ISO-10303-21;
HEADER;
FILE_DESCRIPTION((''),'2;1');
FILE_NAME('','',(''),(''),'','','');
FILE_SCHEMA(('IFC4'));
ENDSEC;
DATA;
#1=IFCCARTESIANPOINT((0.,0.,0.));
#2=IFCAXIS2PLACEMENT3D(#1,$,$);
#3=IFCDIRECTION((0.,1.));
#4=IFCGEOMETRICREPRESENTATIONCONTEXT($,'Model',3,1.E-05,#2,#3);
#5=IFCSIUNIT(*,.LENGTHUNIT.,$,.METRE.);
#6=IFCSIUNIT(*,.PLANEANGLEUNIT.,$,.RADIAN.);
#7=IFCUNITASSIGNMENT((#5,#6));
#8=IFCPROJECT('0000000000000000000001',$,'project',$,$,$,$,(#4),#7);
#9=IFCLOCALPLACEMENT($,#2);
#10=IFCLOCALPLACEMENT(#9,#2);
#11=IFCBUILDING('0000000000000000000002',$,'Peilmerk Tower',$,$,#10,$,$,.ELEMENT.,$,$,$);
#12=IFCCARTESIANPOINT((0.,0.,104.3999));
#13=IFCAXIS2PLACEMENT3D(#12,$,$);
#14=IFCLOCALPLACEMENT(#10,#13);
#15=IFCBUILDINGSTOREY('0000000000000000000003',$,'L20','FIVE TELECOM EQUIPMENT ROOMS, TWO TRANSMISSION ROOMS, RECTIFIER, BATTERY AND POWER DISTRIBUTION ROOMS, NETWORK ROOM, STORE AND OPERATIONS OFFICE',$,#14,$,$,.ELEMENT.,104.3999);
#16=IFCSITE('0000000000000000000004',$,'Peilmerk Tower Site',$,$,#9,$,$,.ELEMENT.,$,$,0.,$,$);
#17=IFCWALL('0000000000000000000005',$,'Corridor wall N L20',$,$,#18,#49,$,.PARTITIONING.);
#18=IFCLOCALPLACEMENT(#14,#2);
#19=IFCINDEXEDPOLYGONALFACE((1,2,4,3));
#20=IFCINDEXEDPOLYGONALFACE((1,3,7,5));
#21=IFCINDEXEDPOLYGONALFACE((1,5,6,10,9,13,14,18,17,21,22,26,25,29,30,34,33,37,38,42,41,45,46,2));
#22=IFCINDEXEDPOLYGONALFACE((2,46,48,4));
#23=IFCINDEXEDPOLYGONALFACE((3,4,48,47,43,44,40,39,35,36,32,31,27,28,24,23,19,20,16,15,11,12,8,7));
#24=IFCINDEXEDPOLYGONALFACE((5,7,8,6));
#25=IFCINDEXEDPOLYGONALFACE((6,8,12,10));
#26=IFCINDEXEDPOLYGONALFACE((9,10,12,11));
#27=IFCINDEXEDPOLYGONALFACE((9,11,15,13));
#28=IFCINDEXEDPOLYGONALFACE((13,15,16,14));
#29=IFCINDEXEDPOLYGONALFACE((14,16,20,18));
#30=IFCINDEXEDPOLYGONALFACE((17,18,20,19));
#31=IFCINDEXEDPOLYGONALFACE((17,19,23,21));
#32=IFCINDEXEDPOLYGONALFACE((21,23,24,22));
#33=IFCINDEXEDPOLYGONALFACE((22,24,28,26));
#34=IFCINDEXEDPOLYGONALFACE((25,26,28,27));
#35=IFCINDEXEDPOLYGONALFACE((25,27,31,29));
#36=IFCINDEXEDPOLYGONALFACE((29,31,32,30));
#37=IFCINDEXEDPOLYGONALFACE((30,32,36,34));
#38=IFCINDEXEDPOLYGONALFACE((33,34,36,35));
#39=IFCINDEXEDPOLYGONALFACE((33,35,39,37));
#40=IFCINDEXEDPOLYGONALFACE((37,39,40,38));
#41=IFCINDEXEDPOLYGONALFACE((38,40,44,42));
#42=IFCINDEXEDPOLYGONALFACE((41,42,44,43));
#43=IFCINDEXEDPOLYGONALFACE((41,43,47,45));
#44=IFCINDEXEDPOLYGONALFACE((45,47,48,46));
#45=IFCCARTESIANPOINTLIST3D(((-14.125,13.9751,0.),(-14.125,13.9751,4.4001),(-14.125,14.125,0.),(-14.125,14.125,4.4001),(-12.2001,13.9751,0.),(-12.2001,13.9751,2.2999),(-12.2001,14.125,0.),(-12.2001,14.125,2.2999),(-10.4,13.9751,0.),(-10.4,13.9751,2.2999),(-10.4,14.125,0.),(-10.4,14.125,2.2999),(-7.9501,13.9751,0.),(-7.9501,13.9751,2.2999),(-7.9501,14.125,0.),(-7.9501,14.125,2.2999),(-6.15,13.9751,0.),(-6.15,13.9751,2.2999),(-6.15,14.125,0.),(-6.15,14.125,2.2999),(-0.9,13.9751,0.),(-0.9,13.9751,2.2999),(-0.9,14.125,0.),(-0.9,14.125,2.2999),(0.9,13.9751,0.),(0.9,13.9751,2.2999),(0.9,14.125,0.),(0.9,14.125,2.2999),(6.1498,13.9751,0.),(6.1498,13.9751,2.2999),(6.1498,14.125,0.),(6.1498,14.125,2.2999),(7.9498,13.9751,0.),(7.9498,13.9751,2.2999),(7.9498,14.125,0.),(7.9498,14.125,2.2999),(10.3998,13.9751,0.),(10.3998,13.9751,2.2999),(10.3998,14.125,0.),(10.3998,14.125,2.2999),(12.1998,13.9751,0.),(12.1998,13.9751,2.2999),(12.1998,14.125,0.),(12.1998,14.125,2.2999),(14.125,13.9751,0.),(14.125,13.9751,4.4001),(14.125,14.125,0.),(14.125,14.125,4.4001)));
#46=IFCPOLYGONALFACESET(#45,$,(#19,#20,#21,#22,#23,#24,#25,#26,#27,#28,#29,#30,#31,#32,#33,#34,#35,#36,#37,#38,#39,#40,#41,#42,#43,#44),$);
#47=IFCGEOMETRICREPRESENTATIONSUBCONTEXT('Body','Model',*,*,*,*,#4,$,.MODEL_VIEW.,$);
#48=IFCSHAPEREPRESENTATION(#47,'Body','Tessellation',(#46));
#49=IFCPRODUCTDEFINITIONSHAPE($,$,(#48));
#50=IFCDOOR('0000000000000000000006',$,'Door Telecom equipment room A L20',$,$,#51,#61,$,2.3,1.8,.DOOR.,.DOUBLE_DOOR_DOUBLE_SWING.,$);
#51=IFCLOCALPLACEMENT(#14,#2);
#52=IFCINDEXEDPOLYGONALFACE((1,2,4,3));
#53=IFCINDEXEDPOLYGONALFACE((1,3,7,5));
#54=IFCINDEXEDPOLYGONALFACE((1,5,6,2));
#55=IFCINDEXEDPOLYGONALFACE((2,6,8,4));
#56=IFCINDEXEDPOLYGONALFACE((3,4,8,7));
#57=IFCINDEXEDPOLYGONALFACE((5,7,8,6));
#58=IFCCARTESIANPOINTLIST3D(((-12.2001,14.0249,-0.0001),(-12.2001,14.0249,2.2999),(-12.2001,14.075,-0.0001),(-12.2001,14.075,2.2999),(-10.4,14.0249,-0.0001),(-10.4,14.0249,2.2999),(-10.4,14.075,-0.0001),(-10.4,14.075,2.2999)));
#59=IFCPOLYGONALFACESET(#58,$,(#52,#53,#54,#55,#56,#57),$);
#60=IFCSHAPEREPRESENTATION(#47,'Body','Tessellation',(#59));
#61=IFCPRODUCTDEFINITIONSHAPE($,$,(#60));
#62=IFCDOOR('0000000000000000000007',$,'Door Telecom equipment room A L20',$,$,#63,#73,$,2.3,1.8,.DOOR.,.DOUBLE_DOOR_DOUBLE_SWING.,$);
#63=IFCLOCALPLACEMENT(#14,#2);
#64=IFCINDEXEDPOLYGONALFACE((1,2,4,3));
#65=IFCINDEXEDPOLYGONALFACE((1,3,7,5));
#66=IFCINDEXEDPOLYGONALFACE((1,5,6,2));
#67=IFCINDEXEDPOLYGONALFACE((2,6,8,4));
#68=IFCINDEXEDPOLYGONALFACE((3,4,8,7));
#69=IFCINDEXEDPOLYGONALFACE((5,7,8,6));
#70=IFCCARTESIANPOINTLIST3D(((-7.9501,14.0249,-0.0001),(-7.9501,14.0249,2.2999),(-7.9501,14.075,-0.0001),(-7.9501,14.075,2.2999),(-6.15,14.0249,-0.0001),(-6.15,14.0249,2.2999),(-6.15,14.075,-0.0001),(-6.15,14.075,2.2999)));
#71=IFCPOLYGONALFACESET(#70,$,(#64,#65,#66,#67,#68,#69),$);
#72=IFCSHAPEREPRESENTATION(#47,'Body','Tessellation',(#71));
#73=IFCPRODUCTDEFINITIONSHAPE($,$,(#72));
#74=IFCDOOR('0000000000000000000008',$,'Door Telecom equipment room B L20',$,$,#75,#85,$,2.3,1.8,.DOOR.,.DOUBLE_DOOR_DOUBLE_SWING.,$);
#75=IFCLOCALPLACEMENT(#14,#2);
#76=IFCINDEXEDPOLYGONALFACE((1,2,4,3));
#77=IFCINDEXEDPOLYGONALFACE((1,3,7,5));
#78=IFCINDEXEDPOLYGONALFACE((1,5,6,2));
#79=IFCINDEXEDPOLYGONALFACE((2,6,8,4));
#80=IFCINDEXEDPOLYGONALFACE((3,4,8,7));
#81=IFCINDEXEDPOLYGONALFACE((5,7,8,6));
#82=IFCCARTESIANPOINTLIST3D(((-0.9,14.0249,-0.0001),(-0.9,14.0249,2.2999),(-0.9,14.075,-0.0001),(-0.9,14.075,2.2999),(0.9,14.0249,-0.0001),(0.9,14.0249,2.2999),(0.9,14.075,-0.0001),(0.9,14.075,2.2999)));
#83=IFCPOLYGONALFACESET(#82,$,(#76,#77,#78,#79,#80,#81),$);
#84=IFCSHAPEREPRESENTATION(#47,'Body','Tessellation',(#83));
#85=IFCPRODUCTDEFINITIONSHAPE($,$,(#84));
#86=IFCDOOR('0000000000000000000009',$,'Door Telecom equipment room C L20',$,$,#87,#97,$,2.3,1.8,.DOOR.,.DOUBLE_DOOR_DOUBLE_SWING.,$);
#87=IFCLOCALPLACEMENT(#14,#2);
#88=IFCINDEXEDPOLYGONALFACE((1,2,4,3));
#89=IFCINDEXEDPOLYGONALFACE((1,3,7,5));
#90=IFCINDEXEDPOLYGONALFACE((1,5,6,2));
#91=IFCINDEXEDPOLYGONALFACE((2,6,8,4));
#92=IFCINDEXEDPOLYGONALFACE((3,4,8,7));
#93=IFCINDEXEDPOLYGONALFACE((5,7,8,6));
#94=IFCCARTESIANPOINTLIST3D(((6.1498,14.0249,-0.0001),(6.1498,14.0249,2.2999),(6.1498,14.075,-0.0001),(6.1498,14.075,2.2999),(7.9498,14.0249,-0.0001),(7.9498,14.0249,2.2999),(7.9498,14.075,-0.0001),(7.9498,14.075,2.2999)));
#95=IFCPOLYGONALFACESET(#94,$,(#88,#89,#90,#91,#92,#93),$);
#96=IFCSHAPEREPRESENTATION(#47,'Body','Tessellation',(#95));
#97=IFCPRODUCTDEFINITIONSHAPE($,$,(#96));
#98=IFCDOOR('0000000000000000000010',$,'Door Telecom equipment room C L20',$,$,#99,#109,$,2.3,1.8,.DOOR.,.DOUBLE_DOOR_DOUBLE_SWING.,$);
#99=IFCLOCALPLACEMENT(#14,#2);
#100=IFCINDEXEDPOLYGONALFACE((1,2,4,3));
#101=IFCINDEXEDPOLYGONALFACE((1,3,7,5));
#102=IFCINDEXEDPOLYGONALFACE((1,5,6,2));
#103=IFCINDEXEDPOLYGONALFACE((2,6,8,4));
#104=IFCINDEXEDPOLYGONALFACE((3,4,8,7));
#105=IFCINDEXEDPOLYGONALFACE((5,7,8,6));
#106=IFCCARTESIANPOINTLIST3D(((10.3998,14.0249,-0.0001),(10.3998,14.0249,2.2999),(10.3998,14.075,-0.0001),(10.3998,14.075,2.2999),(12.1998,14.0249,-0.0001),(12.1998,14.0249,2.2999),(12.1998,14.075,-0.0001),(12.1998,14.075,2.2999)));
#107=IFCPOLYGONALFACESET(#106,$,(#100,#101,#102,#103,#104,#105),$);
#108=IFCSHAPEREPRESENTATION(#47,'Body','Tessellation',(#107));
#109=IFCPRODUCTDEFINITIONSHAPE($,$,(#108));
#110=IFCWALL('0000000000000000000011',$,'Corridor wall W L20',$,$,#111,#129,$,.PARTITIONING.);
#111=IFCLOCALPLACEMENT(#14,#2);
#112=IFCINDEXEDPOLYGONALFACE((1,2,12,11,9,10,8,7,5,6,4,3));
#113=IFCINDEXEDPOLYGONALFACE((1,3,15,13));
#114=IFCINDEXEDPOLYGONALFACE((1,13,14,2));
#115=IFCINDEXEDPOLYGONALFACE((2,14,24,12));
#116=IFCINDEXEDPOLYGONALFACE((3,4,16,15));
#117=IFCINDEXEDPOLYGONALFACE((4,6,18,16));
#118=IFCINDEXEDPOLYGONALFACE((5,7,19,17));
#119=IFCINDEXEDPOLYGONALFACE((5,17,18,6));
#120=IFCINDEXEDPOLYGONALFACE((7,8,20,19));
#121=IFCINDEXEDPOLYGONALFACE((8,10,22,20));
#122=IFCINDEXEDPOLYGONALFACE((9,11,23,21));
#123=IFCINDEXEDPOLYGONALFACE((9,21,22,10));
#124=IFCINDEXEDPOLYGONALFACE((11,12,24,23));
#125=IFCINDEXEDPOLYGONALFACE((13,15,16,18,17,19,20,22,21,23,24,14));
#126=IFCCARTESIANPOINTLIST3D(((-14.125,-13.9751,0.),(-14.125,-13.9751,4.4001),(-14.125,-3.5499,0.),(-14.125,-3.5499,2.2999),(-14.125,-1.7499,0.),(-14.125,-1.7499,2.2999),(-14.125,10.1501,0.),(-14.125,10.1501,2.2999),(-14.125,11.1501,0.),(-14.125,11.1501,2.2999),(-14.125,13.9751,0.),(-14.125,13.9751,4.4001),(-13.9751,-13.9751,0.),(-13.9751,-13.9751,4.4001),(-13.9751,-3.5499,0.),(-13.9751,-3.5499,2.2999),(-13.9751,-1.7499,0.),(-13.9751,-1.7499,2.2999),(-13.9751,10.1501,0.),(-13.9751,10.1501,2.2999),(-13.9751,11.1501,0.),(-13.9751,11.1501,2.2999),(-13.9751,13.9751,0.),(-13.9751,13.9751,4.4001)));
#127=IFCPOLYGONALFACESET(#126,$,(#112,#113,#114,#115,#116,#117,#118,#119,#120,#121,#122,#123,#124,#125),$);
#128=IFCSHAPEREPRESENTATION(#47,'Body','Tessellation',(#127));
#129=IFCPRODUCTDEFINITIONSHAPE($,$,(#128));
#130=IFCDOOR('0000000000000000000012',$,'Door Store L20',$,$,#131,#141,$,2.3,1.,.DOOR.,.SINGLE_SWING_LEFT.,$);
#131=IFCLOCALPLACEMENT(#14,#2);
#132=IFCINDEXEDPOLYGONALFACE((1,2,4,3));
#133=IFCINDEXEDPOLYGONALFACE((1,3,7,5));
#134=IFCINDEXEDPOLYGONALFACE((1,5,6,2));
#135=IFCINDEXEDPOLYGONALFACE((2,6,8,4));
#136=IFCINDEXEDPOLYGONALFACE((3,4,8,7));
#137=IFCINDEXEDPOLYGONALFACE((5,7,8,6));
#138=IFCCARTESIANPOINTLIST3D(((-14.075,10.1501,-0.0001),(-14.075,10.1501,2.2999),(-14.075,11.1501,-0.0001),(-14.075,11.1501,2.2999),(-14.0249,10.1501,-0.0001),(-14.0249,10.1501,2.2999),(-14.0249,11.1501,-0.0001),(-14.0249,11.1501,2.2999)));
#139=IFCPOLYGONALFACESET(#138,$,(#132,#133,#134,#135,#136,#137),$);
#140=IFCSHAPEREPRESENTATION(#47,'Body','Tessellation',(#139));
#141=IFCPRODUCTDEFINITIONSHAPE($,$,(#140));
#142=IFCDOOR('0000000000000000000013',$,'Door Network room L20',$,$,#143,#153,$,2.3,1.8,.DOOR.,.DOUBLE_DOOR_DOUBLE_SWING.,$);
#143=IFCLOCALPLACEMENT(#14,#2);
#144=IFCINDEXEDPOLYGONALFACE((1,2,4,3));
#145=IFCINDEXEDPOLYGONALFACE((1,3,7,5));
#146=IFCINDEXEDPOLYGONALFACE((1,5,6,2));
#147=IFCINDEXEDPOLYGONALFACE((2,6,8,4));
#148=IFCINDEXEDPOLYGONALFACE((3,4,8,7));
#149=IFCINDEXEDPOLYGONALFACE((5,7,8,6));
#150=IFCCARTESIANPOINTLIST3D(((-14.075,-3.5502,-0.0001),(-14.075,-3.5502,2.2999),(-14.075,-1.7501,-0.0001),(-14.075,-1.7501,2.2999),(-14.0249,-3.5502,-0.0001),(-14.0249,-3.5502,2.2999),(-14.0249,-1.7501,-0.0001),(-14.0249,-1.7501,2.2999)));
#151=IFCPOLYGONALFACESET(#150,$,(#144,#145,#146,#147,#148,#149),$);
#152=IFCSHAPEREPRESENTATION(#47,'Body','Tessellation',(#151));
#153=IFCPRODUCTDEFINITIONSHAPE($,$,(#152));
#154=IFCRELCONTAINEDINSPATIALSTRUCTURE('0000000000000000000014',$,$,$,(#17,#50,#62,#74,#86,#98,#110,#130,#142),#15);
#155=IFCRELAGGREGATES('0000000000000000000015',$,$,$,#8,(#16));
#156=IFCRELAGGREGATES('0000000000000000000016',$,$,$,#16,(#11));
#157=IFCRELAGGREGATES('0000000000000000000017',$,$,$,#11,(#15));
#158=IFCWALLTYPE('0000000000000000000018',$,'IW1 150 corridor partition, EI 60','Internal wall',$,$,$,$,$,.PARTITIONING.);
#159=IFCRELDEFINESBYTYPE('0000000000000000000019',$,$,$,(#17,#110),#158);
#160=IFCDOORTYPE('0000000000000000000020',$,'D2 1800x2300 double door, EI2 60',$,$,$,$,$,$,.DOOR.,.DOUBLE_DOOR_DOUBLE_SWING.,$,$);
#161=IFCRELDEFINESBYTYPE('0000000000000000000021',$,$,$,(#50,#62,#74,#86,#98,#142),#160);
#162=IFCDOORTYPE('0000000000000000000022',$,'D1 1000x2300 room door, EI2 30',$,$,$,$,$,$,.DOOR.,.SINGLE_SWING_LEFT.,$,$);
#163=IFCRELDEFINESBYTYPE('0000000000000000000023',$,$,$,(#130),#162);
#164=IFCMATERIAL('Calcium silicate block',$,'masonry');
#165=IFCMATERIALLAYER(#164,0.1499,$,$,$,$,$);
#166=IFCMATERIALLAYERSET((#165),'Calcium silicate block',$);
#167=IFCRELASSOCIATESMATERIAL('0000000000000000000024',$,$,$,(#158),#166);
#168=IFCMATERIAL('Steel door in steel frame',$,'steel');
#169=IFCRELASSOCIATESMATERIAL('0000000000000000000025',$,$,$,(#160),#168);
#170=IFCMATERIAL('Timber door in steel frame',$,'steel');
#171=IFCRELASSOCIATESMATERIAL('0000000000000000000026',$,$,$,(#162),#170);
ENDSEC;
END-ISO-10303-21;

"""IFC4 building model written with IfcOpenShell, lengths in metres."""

from ifc_helpers import new_model, si_unit, direction, frame, frame_2d, origin, place, context, subcontext, project, spatial, rectangle, extrude, material, layer, layer_set, type_object, element, fill, save


model = new_model("IFC4")

# Units and contexts
model_context = context("Model", 3, precision=1e-05, world=origin(), true_north=direction((0.0, 1.0)))
body_context = subcontext(model_context, "Body", "Model", "MODEL_VIEW")
ifc_project = project(units=[si_unit("LENGTHUNIT", "METRE"), si_unit("PLANEANGLEUNIT", "RADIAN")], contexts=[model_context])

# Site, building, storey
site_placement = place(None, origin())
site = spatial("IfcSite", under=ifc_project, at=site_placement, Name="Peilmerk Tower Site", CompositionType="ELEMENT", RefElevation=0.0)
building_placement = place(site_placement, origin())
building = spatial("IfcBuilding", under=site, at=building_placement, Name="Peilmerk Tower", CompositionType="ELEMENT")
storey_placement = place(building_placement, frame((0.0, 0.0, 104.3999)))
storey = spatial("IfcBuildingStorey", under=building, at=storey_placement, Name="L20", Description="FIVE TELECOM EQUIPMENT ROOMS, TWO TRANSMISSION ROOMS, RECTIFIER, BATTERY AND POWER DISTRIBUTION ROOMS, NETWORK ROOM, STORE AND OPERATIONS OFFICE", CompositionType="ELEMENT", Elevation=104.3999)

# Walls, openings, doors
ifc_material_1 = material(Name="Calcium silicate block", Category="masonry")
ifc_layer_1 = layer(ifc_material_1, 0.1499)
ifc_layer_set_1 = layer_set([ifc_layer_1], Name="Calcium silicate block")
wall_type_1 = type_object("IfcWallType", Name="IW1 150 corridor partition, EI 60", Description="Internal wall", PredefinedType="PARTITIONING", material=ifc_layer_set_1)
wall_1_placement = place(storey_placement, frame((-14.125, 14.05, 0.0), z_axis=(0.0, 0.0, 1.0), x_axis=(1.0, 0.0, 0.0)))
wall_1 = element("IfcWall", 1, at=wall_1_placement, inside=storey, type_object=wall_type_1, Name="Corridor wall N L20", PredefinedType="PARTITIONING", context=body_context, shape_type="SweptSolid", body=[
    extrude(rectangle(XDim=28.25, YDim=0.1499, at=frame_2d((14.125, 0.0))), origin(), (0.0, 0.0, 1.0), 4.4001),
])
opening_1_placement = place(wall_1_placement, frame((1.925, 0.0, 0.0)))
opening_1 = element("IfcOpeningElement", 2, at=opening_1_placement, cuts=wall_1, PredefinedType="OPENING", context=body_context, shape_type="SweptSolid", body=[
    extrude(rectangle(XDim=1.8, YDim=2.3, at=frame_2d((0.8999, 1.1499))), frame((0.0, 0.085, 0.0), z_axis=(0.0, -1.0, 0.0), x_axis=(1.0, 0.0, 0.0)), (0.0, 0.0, 1.0), 0.1699),
])
opening_2_placement = place(wall_1_placement, frame((6.175, 0.0, 0.0)))
opening_2 = element("IfcOpeningElement", 3, at=opening_2_placement, cuts=wall_1, PredefinedType="OPENING", context=body_context, shape_type="SweptSolid", body=[
    extrude(rectangle(XDim=1.8, YDim=2.3, at=frame_2d((0.8999, 1.1499))), frame((0.0, 0.085, 0.0), z_axis=(0.0, -1.0, 0.0), x_axis=(1.0, 0.0, 0.0)), (0.0, 0.0, 1.0), 0.1699),
])
opening_3_placement = place(wall_1_placement, frame((13.2251, 0.0, 0.0)))
opening_3 = element("IfcOpeningElement", 4, at=opening_3_placement, cuts=wall_1, PredefinedType="OPENING", context=body_context, shape_type="SweptSolid", body=[
    extrude(rectangle(XDim=1.8, YDim=2.3, at=frame_2d((0.8999, 1.1499))), frame((0.0, 0.085, 0.0), z_axis=(0.0, -1.0, 0.0), x_axis=(1.0, 0.0, 0.0)), (0.0, 0.0, 1.0), 0.1699),
])
opening_4_placement = place(wall_1_placement, frame((20.2749, 0.0, 0.0)))
opening_4 = element("IfcOpeningElement", 5, at=opening_4_placement, cuts=wall_1, PredefinedType="OPENING", context=body_context, shape_type="SweptSolid", body=[
    extrude(rectangle(XDim=1.8, YDim=2.3, at=frame_2d((0.8999, 1.1499))), frame((0.0, 0.085, 0.0), z_axis=(0.0, -1.0, 0.0), x_axis=(1.0, 0.0, 0.0)), (0.0, 0.0, 1.0), 0.1699),
])
opening_5_placement = place(wall_1_placement, frame((24.5249, 0.0, 0.0)))
opening_5 = element("IfcOpeningElement", 6, at=opening_5_placement, cuts=wall_1, PredefinedType="OPENING", context=body_context, shape_type="SweptSolid", body=[
    extrude(rectangle(XDim=1.8, YDim=2.3, at=frame_2d((0.8999, 1.1499))), frame((0.0, 0.085, 0.0), z_axis=(0.0, -1.0, 0.0), x_axis=(1.0, 0.0, 0.0)), (0.0, 0.0, 1.0), 0.1699),
])
ifc_material_2 = material(Name="Steel door in steel frame", Category="steel")
door_type_1 = type_object("IfcDoorType", Name="D2 1800x2300 double door, EI2 60", OperationType="DOUBLE_DOOR_DOUBLE_SWING", PredefinedType="DOOR", material=ifc_material_2)
door_1_placement = place(opening_1_placement, origin())
door_1 = element("IfcDoor", 7, at=door_1_placement, inside=storey, type_object=door_type_1, Name="Door Telecom equipment room A L20", OperationType="DOUBLE_DOOR_DOUBLE_SWING", OverallHeight=2.3, OverallWidth=1.8, PredefinedType="DOOR", context=body_context, shape_type="SweptSolid", body=[
    extrude(rectangle(XDim=1.8, YDim=2.3, at=frame_2d((0.8999, 1.1499))), frame((0.0, 0.0249, 0.0), z_axis=(0.0, -1.0, 0.0), x_axis=(1.0, 0.0, 0.0)), (0.0, 0.0, 1.0), 0.05),
])
fill(opening_1, door_1)
door_2_placement = place(opening_2_placement, origin())
door_2 = element("IfcDoor", 8, at=door_2_placement, inside=storey, type_object=door_type_1, Name="Door Telecom equipment room A L20", OperationType="DOUBLE_DOOR_DOUBLE_SWING", OverallHeight=2.3, OverallWidth=1.8, PredefinedType="DOOR", context=body_context, shape_type="SweptSolid", body=[
    extrude(rectangle(XDim=1.8, YDim=2.3, at=frame_2d((0.8999, 1.1499))), frame((0.0, 0.0249, 0.0), z_axis=(0.0, -1.0, 0.0), x_axis=(1.0, 0.0, 0.0)), (0.0, 0.0, 1.0), 0.05),
])
fill(opening_2, door_2)
door_3_placement = place(opening_3_placement, origin())
door_3 = element("IfcDoor", 9, at=door_3_placement, inside=storey, type_object=door_type_1, Name="Door Telecom equipment room B L20", OperationType="DOUBLE_DOOR_DOUBLE_SWING", OverallHeight=2.3, OverallWidth=1.8, PredefinedType="DOOR", context=body_context, shape_type="SweptSolid", body=[
    extrude(rectangle(XDim=1.8, YDim=2.3, at=frame_2d((0.8999, 1.1499))), frame((0.0, 0.0249, 0.0), z_axis=(0.0, -1.0, 0.0), x_axis=(1.0, 0.0, 0.0)), (0.0, 0.0, 1.0), 0.05),
])
fill(opening_3, door_3)
door_4_placement = place(opening_4_placement, origin())
door_4 = element("IfcDoor", 10, at=door_4_placement, inside=storey, type_object=door_type_1, Name="Door Telecom equipment room C L20", OperationType="DOUBLE_DOOR_DOUBLE_SWING", OverallHeight=2.3, OverallWidth=1.8, PredefinedType="DOOR", context=body_context, shape_type="SweptSolid", body=[
    extrude(rectangle(XDim=1.8, YDim=2.3, at=frame_2d((0.8999, 1.1499))), frame((0.0, 0.0249, 0.0), z_axis=(0.0, -1.0, 0.0), x_axis=(1.0, 0.0, 0.0)), (0.0, 0.0, 1.0), 0.05),
])
fill(opening_4, door_4)
door_5_placement = place(opening_5_placement, origin())
door_5 = element("IfcDoor", 11, at=door_5_placement, inside=storey, type_object=door_type_1, Name="Door Telecom equipment room C L20", OperationType="DOUBLE_DOOR_DOUBLE_SWING", OverallHeight=2.3, OverallWidth=1.8, PredefinedType="DOOR", context=body_context, shape_type="SweptSolid", body=[
    extrude(rectangle(XDim=1.8, YDim=2.3, at=frame_2d((0.8999, 1.1499))), frame((0.0, 0.0249, 0.0), z_axis=(0.0, -1.0, 0.0), x_axis=(1.0, 0.0, 0.0)), (0.0, 0.0, 1.0), 0.05),
])
fill(opening_5, door_5)
wall_2_placement = place(storey_placement, frame((-14.05, 13.9751, 0.0), z_axis=(0.0, 0.0, 1.0), x_axis=(0.0, -1.0, 0.0)))
wall_2 = element("IfcWall", 12, at=wall_2_placement, inside=storey, type_object=wall_type_1, Name="Corridor wall W L20", PredefinedType="PARTITIONING", context=body_context, shape_type="SweptSolid", body=[
    extrude(rectangle(XDim=27.9502, YDim=0.1499, at=frame_2d((13.9751, 0.0))), origin(), (0.0, 0.0, 1.0), 4.4001),
])
opening_6_placement = place(wall_2_placement, frame((15.7251, 0.0, 0.0)))
opening_6 = element("IfcOpeningElement", 13, at=opening_6_placement, cuts=wall_2, PredefinedType="OPENING", context=body_context, shape_type="SweptSolid", body=[
    extrude(rectangle(XDim=1.8, YDim=2.3, at=frame_2d((0.8999, 1.1499))), frame((0.0, 0.085, 0.0), z_axis=(0.0, -1.0, 0.0), x_axis=(1.0, 0.0, 0.0)), (0.0, 0.0, 1.0), 0.1699),
])
opening_7_placement = place(wall_2_placement, frame((2.825, 0.0, 0.0)))
opening_7 = element("IfcOpeningElement", 14, at=opening_7_placement, cuts=wall_2, PredefinedType="OPENING", context=body_context, shape_type="SweptSolid", body=[
    extrude(rectangle(XDim=1.0, YDim=2.3, at=frame_2d((0.5, 1.1499))), frame((0.0, 0.085, 0.0), z_axis=(0.0, -1.0, 0.0), x_axis=(1.0, 0.0, 0.0)), (0.0, 0.0, 1.0), 0.1699),
])
ifc_material_3 = material(Name="Timber door in steel frame", Category="steel")
door_type_2 = type_object("IfcDoorType", Name="D1 1000x2300 room door, EI2 30", OperationType="SINGLE_SWING_LEFT", PredefinedType="DOOR", material=ifc_material_3)
door_6_placement = place(opening_7_placement, frame((1.0, 0.0, 0.0), z_axis=(0.0, 0.0, 1.0), x_axis=(-1.0, 0.0, 0.0)))
door_6 = element("IfcDoor", 15, at=door_6_placement, inside=storey, type_object=door_type_2, Name="Door Store L20", OperationType="SINGLE_SWING_LEFT", OverallHeight=2.3, OverallWidth=1.0, PredefinedType="DOOR", context=body_context, shape_type="SweptSolid", body=[
    extrude(rectangle(XDim=1.0, YDim=2.3, at=frame_2d((0.5, 1.1499))), frame((0.0, 0.0249, 0.0), z_axis=(0.0, -1.0, 0.0), x_axis=(1.0, 0.0, 0.0)), (0.0, 0.0, 1.0), 0.05),
])
fill(opening_7, door_6)
door_7_placement = place(opening_6_placement, frame((1.8, 0.0, 0.0), z_axis=(0.0, 0.0, 1.0), x_axis=(-1.0, 0.0, 0.0)))
door_7 = element("IfcDoor", 16, at=door_7_placement, inside=storey, type_object=door_type_1, Name="Door Network room L20", OperationType="DOUBLE_DOOR_DOUBLE_SWING", OverallHeight=2.3, OverallWidth=1.8, PredefinedType="DOOR", context=body_context, shape_type="SweptSolid", body=[
    extrude(rectangle(XDim=1.8, YDim=2.3, at=frame_2d((0.8999, 1.1499))), frame((0.0, 0.0249, 0.0), z_axis=(0.0, -1.0, 0.0), x_axis=(1.0, 0.0, 0.0)), (0.0, 0.0, 1.0), 0.05),
])
fill(opening_6, door_7)

save(model, "model.ifc")
